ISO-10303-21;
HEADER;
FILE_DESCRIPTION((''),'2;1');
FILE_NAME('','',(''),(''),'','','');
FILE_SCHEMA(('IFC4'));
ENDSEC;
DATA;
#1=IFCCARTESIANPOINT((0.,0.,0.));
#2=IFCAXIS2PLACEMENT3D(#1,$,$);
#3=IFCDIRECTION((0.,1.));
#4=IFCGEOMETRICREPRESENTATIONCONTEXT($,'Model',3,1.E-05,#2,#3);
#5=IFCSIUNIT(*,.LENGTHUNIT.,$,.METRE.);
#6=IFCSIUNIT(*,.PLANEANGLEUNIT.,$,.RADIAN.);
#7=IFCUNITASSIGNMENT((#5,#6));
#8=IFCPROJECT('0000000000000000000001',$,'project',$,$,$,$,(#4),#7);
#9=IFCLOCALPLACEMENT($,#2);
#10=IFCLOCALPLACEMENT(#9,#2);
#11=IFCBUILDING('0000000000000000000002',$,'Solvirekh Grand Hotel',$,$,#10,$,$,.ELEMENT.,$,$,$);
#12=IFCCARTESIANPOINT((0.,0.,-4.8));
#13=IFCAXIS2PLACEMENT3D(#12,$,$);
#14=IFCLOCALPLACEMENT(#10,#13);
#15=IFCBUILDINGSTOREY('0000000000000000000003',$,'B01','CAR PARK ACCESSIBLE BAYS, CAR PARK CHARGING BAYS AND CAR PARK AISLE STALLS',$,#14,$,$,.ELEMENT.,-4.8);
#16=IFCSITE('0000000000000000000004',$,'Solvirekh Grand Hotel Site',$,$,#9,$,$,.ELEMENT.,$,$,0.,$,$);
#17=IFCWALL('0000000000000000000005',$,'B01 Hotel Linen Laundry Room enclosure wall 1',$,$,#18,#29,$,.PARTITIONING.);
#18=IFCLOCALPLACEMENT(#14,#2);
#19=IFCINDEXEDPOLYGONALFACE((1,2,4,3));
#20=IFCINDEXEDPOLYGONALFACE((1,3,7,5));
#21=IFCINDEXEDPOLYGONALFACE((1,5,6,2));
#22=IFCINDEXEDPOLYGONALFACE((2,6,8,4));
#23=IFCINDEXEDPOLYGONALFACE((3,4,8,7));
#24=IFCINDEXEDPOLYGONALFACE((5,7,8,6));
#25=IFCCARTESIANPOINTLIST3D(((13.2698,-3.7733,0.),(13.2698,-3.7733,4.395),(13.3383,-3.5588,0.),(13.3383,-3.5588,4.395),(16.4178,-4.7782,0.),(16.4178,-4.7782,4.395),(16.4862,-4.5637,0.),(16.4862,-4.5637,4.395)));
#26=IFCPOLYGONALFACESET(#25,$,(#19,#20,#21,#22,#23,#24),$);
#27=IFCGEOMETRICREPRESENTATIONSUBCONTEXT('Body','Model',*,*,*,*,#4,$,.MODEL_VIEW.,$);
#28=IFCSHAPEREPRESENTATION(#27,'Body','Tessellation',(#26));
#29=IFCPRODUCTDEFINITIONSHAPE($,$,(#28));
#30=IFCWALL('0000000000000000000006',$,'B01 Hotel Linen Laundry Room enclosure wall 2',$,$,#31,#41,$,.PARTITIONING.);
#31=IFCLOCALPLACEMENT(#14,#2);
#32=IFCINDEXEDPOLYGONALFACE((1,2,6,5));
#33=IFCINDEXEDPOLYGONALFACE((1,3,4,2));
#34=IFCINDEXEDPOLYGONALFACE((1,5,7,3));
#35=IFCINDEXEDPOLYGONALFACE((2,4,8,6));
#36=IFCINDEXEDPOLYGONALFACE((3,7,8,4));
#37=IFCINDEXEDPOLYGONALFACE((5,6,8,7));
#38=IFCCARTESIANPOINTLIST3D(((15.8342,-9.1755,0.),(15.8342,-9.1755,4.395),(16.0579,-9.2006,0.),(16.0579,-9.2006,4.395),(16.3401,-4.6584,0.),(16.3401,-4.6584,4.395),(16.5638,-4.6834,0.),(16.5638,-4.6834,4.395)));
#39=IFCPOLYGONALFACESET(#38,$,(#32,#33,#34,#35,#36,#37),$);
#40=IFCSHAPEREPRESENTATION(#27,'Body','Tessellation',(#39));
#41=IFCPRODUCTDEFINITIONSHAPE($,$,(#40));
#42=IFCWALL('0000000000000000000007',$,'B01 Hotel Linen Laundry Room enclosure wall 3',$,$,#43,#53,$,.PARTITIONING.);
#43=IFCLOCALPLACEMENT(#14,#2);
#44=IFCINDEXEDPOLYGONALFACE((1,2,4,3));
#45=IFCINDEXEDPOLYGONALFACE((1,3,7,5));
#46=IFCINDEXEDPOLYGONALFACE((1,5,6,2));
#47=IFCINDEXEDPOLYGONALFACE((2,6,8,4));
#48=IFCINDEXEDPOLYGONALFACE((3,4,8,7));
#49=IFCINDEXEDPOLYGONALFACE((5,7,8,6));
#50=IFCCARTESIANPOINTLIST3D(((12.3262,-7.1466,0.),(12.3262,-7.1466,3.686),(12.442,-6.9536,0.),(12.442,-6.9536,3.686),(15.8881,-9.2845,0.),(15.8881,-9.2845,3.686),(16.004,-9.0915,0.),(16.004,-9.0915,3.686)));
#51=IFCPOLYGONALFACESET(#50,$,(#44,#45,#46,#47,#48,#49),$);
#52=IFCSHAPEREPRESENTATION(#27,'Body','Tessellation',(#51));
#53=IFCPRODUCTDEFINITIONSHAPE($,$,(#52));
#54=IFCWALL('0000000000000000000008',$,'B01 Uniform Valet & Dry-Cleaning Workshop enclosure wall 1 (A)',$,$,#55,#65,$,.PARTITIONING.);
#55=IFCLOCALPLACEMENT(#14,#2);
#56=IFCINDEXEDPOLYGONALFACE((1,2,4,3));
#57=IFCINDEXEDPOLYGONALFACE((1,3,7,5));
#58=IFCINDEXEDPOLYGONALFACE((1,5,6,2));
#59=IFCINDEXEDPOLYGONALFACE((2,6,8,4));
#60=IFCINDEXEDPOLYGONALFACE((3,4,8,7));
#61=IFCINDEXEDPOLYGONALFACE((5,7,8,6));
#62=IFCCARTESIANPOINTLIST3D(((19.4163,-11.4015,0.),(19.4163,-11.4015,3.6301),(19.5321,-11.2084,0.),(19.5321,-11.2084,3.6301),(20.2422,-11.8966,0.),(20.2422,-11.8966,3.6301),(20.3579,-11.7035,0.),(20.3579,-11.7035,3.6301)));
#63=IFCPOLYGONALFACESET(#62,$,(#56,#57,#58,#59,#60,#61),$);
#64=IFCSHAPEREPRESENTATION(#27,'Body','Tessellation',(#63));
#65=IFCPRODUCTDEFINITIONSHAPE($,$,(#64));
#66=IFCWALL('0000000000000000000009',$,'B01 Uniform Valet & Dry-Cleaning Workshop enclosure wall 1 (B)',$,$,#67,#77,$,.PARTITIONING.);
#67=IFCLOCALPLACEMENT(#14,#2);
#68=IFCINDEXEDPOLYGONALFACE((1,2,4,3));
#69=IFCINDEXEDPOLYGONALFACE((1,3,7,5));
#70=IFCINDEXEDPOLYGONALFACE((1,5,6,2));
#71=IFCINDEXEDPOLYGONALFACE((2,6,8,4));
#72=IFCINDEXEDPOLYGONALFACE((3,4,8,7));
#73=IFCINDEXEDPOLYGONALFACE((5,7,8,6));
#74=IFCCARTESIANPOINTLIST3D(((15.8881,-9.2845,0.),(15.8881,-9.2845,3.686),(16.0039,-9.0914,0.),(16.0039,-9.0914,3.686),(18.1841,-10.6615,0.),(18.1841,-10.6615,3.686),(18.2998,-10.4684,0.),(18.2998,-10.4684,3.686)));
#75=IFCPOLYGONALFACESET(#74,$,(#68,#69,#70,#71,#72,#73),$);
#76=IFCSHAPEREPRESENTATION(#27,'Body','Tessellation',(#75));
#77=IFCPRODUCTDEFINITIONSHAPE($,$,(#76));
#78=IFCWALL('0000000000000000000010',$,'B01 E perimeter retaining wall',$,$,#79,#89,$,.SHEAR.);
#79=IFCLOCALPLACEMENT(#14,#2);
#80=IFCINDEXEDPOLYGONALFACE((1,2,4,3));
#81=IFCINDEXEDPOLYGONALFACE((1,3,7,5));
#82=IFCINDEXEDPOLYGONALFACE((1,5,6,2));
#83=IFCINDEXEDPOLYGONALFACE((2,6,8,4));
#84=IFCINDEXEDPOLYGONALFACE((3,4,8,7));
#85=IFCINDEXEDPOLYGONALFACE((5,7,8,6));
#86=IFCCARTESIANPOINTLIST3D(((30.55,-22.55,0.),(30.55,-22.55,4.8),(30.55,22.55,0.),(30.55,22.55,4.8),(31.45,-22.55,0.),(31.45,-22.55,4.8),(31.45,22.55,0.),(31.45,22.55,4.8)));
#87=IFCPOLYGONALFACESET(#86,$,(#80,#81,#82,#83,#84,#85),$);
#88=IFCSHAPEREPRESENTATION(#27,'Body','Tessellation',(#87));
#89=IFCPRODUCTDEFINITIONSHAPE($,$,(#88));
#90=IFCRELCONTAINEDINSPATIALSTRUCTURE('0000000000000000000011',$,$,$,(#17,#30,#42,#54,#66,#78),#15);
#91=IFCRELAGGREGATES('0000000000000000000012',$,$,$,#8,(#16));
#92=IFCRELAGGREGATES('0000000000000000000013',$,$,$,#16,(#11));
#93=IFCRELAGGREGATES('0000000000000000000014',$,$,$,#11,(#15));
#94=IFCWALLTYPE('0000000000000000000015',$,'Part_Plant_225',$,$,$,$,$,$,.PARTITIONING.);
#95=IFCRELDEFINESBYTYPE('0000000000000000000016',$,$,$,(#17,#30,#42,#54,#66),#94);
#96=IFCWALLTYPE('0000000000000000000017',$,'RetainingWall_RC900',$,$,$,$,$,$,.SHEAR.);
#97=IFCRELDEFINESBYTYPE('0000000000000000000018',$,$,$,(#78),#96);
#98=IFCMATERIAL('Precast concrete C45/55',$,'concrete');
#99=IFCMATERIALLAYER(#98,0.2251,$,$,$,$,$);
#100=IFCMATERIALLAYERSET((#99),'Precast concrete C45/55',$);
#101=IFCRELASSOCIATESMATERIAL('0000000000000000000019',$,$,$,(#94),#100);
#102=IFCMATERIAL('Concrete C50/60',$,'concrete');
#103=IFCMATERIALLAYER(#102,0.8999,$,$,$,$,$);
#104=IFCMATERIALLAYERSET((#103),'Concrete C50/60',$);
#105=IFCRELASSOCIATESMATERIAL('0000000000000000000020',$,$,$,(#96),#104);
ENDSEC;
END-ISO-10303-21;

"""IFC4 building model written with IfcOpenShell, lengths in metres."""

from ifc_helpers import new_model, si_unit, direction, frame, frame_2d, origin, place, context, subcontext, project, spatial, rectangle, extrude, material, layer, layer_set, type_object, element, save


model = new_model("IFC4")

# Units and contexts
model_context = context("Model", 3, precision=1e-05, world=origin(), true_north=direction((0.0, 1.0)))
body_context = subcontext(model_context, "Body", "Model", "MODEL_VIEW")
ifc_project = project(units=[si_unit("LENGTHUNIT", "METRE"), si_unit("PLANEANGLEUNIT", "RADIAN")], contexts=[model_context])

# Site, building, storey
site_placement = place(None, origin())
site = spatial("IfcSite", under=ifc_project, at=site_placement, Name="Solvirekh Grand Hotel Site", CompositionType="ELEMENT", RefElevation=0.0)
building_placement = place(site_placement, origin())
building = spatial("IfcBuilding", under=site, at=building_placement, Name="Solvirekh Grand Hotel", CompositionType="ELEMENT")
storey_placement = place(building_placement, frame((0.0, 0.0, -4.8)))
storey = spatial("IfcBuildingStorey", under=building, at=storey_placement, Name="B01", Description="CAR PARK ACCESSIBLE BAYS, CAR PARK CHARGING BAYS AND CAR PARK AISLE STALLS", CompositionType="ELEMENT", Elevation=-4.8)

# Shared definitions
ifc_material_1 = material(Name="Concrete C50/60", Category="concrete")

# Shared definitions
ifc_material_2 = material(Name="Precast concrete C45/55", Category="concrete")
ifc_layer_1 = layer(ifc_material_2, 0.2251)
ifc_layer_set_1 = layer_set([ifc_layer_1], Name="Precast concrete C45/55")
wall_type_1 = type_object("IfcWallType", Name="Part_Plant_225", PredefinedType="PARTITIONING", material=ifc_layer_set_1)

# Walls
wall_1_placement = place(storey_placement, frame((13.304, -3.666, 0.0), z_axis=(0.0, 0.0, 1.0), x_axis=(0.95264, -0.3041, 0.0)))
element("IfcWall", 1, at=wall_1_placement, inside=storey, type_object=wall_type_1, Name="B01 Hotel Linen Laundry Room enclosure wall 1", PredefinedType="PARTITIONING", context=body_context, shape_type="SweptSolid", body=[
    extrude(rectangle(XDim=3.3044, YDim=0.2251, at=frame_2d((1.6523, 0.0))), origin(), (0.0, 0.0, 1.0), 4.395),
])
wall_2_placement = place(storey_placement, frame((16.4519, -4.6709, 0.0), z_axis=(0.0, 0.0, 1.0), x_axis=(-0.111292, -0.993788, 0.0)))
element("IfcWall", 2, at=wall_2_placement, inside=storey, type_object=wall_type_1, Name="B01 Hotel Linen Laundry Room enclosure wall 2", PredefinedType="PARTITIONING", context=body_context, shape_type="SweptSolid", body=[
    extrude(rectangle(XDim=4.5454, YDim=0.2251, at=frame_2d((2.2727, 0.0))), origin(), (0.0, 0.0, 1.0), 4.395),
])
wall_3_placement = place(storey_placement, frame((15.946, -9.188, 0.0), z_axis=(0.0, 0.0, 1.0), x_axis=(-0.857415, 0.514625, 0.0)))
element("IfcWall", 3, at=wall_3_placement, inside=storey, type_object=wall_type_1, Name="B01 Hotel Linen Laundry Room enclosure wall 3", PredefinedType="PARTITIONING", context=body_context, shape_type="SweptSolid", body=[
    extrude(rectangle(XDim=4.1543, YDim=0.2251, at=frame_2d((2.0771, 0.0))), origin(), (0.0, 0.0, 1.0), 3.686),
])

# Walls
wall_4_placement = place(storey_placement, frame((20.3, -11.8, 0.0), z_axis=(0.0, 0.0, 1.0), x_axis=(-0.857694, 0.51416, 0.0)))
element("IfcWall", 4, at=wall_4_placement, inside=storey, type_object=wall_type_1, Name="B01 Uniform Valet & Dry-Cleaning Workshop enclosure wall 1 (A)", PredefinedType="PARTITIONING", context=body_context, shape_type="SweptSolid", body=[
    extrude(rectangle(XDim=0.9629, YDim=0.2251, at=frame_2d((0.4814, 0.0))), origin(), (0.0, 0.0, 1.0), 3.6301),
])
wall_5_placement = place(storey_placement, frame((18.2419, -10.5649, 0.0), z_axis=(0.0, 0.0, 1.0), x_axis=(-0.857589, 0.514335, 0.0)))
element("IfcWall", 5, at=wall_5_placement, inside=storey, type_object=wall_type_1, Name="B01 Uniform Valet & Dry-Cleaning Workshop enclosure wall 1 (B)", PredefinedType="PARTITIONING", context=body_context, shape_type="SweptSolid", body=[
    extrude(rectangle(XDim=2.6772, YDim=0.2251, at=frame_2d((1.3386, 0.0))), origin(), (0.0, 0.0, 1.0), 3.686),
])
ifc_layer_2 = layer(ifc_material_1, 0.8999)
ifc_layer_set_2 = layer_set([ifc_layer_2], Name="Concrete C50/60")
wall_type_2 = type_object("IfcWallType", Name="RetainingWall_RC900", PredefinedType="SHEAR", material=ifc_layer_set_2)
wall_6_placement = place(storey_placement, frame((31.0, -22.55, 0.0), z_axis=(0.0, 0.0, 1.0), x_axis=(0.0, 1.0, 0.0)))
element("IfcWall", 6, at=wall_6_placement, inside=storey, type_object=wall_type_2, Name="B01 E perimeter retaining wall", PredefinedType="SHEAR", context=body_context, shape_type="SweptSolid", body=[
    extrude(rectangle(XDim=45.1001, YDim=0.8999, at=frame_2d((22.55, 0.0))), origin(), (0.0, 0.0, 1.0), 4.8),
])

save(model, "model.ifc")
